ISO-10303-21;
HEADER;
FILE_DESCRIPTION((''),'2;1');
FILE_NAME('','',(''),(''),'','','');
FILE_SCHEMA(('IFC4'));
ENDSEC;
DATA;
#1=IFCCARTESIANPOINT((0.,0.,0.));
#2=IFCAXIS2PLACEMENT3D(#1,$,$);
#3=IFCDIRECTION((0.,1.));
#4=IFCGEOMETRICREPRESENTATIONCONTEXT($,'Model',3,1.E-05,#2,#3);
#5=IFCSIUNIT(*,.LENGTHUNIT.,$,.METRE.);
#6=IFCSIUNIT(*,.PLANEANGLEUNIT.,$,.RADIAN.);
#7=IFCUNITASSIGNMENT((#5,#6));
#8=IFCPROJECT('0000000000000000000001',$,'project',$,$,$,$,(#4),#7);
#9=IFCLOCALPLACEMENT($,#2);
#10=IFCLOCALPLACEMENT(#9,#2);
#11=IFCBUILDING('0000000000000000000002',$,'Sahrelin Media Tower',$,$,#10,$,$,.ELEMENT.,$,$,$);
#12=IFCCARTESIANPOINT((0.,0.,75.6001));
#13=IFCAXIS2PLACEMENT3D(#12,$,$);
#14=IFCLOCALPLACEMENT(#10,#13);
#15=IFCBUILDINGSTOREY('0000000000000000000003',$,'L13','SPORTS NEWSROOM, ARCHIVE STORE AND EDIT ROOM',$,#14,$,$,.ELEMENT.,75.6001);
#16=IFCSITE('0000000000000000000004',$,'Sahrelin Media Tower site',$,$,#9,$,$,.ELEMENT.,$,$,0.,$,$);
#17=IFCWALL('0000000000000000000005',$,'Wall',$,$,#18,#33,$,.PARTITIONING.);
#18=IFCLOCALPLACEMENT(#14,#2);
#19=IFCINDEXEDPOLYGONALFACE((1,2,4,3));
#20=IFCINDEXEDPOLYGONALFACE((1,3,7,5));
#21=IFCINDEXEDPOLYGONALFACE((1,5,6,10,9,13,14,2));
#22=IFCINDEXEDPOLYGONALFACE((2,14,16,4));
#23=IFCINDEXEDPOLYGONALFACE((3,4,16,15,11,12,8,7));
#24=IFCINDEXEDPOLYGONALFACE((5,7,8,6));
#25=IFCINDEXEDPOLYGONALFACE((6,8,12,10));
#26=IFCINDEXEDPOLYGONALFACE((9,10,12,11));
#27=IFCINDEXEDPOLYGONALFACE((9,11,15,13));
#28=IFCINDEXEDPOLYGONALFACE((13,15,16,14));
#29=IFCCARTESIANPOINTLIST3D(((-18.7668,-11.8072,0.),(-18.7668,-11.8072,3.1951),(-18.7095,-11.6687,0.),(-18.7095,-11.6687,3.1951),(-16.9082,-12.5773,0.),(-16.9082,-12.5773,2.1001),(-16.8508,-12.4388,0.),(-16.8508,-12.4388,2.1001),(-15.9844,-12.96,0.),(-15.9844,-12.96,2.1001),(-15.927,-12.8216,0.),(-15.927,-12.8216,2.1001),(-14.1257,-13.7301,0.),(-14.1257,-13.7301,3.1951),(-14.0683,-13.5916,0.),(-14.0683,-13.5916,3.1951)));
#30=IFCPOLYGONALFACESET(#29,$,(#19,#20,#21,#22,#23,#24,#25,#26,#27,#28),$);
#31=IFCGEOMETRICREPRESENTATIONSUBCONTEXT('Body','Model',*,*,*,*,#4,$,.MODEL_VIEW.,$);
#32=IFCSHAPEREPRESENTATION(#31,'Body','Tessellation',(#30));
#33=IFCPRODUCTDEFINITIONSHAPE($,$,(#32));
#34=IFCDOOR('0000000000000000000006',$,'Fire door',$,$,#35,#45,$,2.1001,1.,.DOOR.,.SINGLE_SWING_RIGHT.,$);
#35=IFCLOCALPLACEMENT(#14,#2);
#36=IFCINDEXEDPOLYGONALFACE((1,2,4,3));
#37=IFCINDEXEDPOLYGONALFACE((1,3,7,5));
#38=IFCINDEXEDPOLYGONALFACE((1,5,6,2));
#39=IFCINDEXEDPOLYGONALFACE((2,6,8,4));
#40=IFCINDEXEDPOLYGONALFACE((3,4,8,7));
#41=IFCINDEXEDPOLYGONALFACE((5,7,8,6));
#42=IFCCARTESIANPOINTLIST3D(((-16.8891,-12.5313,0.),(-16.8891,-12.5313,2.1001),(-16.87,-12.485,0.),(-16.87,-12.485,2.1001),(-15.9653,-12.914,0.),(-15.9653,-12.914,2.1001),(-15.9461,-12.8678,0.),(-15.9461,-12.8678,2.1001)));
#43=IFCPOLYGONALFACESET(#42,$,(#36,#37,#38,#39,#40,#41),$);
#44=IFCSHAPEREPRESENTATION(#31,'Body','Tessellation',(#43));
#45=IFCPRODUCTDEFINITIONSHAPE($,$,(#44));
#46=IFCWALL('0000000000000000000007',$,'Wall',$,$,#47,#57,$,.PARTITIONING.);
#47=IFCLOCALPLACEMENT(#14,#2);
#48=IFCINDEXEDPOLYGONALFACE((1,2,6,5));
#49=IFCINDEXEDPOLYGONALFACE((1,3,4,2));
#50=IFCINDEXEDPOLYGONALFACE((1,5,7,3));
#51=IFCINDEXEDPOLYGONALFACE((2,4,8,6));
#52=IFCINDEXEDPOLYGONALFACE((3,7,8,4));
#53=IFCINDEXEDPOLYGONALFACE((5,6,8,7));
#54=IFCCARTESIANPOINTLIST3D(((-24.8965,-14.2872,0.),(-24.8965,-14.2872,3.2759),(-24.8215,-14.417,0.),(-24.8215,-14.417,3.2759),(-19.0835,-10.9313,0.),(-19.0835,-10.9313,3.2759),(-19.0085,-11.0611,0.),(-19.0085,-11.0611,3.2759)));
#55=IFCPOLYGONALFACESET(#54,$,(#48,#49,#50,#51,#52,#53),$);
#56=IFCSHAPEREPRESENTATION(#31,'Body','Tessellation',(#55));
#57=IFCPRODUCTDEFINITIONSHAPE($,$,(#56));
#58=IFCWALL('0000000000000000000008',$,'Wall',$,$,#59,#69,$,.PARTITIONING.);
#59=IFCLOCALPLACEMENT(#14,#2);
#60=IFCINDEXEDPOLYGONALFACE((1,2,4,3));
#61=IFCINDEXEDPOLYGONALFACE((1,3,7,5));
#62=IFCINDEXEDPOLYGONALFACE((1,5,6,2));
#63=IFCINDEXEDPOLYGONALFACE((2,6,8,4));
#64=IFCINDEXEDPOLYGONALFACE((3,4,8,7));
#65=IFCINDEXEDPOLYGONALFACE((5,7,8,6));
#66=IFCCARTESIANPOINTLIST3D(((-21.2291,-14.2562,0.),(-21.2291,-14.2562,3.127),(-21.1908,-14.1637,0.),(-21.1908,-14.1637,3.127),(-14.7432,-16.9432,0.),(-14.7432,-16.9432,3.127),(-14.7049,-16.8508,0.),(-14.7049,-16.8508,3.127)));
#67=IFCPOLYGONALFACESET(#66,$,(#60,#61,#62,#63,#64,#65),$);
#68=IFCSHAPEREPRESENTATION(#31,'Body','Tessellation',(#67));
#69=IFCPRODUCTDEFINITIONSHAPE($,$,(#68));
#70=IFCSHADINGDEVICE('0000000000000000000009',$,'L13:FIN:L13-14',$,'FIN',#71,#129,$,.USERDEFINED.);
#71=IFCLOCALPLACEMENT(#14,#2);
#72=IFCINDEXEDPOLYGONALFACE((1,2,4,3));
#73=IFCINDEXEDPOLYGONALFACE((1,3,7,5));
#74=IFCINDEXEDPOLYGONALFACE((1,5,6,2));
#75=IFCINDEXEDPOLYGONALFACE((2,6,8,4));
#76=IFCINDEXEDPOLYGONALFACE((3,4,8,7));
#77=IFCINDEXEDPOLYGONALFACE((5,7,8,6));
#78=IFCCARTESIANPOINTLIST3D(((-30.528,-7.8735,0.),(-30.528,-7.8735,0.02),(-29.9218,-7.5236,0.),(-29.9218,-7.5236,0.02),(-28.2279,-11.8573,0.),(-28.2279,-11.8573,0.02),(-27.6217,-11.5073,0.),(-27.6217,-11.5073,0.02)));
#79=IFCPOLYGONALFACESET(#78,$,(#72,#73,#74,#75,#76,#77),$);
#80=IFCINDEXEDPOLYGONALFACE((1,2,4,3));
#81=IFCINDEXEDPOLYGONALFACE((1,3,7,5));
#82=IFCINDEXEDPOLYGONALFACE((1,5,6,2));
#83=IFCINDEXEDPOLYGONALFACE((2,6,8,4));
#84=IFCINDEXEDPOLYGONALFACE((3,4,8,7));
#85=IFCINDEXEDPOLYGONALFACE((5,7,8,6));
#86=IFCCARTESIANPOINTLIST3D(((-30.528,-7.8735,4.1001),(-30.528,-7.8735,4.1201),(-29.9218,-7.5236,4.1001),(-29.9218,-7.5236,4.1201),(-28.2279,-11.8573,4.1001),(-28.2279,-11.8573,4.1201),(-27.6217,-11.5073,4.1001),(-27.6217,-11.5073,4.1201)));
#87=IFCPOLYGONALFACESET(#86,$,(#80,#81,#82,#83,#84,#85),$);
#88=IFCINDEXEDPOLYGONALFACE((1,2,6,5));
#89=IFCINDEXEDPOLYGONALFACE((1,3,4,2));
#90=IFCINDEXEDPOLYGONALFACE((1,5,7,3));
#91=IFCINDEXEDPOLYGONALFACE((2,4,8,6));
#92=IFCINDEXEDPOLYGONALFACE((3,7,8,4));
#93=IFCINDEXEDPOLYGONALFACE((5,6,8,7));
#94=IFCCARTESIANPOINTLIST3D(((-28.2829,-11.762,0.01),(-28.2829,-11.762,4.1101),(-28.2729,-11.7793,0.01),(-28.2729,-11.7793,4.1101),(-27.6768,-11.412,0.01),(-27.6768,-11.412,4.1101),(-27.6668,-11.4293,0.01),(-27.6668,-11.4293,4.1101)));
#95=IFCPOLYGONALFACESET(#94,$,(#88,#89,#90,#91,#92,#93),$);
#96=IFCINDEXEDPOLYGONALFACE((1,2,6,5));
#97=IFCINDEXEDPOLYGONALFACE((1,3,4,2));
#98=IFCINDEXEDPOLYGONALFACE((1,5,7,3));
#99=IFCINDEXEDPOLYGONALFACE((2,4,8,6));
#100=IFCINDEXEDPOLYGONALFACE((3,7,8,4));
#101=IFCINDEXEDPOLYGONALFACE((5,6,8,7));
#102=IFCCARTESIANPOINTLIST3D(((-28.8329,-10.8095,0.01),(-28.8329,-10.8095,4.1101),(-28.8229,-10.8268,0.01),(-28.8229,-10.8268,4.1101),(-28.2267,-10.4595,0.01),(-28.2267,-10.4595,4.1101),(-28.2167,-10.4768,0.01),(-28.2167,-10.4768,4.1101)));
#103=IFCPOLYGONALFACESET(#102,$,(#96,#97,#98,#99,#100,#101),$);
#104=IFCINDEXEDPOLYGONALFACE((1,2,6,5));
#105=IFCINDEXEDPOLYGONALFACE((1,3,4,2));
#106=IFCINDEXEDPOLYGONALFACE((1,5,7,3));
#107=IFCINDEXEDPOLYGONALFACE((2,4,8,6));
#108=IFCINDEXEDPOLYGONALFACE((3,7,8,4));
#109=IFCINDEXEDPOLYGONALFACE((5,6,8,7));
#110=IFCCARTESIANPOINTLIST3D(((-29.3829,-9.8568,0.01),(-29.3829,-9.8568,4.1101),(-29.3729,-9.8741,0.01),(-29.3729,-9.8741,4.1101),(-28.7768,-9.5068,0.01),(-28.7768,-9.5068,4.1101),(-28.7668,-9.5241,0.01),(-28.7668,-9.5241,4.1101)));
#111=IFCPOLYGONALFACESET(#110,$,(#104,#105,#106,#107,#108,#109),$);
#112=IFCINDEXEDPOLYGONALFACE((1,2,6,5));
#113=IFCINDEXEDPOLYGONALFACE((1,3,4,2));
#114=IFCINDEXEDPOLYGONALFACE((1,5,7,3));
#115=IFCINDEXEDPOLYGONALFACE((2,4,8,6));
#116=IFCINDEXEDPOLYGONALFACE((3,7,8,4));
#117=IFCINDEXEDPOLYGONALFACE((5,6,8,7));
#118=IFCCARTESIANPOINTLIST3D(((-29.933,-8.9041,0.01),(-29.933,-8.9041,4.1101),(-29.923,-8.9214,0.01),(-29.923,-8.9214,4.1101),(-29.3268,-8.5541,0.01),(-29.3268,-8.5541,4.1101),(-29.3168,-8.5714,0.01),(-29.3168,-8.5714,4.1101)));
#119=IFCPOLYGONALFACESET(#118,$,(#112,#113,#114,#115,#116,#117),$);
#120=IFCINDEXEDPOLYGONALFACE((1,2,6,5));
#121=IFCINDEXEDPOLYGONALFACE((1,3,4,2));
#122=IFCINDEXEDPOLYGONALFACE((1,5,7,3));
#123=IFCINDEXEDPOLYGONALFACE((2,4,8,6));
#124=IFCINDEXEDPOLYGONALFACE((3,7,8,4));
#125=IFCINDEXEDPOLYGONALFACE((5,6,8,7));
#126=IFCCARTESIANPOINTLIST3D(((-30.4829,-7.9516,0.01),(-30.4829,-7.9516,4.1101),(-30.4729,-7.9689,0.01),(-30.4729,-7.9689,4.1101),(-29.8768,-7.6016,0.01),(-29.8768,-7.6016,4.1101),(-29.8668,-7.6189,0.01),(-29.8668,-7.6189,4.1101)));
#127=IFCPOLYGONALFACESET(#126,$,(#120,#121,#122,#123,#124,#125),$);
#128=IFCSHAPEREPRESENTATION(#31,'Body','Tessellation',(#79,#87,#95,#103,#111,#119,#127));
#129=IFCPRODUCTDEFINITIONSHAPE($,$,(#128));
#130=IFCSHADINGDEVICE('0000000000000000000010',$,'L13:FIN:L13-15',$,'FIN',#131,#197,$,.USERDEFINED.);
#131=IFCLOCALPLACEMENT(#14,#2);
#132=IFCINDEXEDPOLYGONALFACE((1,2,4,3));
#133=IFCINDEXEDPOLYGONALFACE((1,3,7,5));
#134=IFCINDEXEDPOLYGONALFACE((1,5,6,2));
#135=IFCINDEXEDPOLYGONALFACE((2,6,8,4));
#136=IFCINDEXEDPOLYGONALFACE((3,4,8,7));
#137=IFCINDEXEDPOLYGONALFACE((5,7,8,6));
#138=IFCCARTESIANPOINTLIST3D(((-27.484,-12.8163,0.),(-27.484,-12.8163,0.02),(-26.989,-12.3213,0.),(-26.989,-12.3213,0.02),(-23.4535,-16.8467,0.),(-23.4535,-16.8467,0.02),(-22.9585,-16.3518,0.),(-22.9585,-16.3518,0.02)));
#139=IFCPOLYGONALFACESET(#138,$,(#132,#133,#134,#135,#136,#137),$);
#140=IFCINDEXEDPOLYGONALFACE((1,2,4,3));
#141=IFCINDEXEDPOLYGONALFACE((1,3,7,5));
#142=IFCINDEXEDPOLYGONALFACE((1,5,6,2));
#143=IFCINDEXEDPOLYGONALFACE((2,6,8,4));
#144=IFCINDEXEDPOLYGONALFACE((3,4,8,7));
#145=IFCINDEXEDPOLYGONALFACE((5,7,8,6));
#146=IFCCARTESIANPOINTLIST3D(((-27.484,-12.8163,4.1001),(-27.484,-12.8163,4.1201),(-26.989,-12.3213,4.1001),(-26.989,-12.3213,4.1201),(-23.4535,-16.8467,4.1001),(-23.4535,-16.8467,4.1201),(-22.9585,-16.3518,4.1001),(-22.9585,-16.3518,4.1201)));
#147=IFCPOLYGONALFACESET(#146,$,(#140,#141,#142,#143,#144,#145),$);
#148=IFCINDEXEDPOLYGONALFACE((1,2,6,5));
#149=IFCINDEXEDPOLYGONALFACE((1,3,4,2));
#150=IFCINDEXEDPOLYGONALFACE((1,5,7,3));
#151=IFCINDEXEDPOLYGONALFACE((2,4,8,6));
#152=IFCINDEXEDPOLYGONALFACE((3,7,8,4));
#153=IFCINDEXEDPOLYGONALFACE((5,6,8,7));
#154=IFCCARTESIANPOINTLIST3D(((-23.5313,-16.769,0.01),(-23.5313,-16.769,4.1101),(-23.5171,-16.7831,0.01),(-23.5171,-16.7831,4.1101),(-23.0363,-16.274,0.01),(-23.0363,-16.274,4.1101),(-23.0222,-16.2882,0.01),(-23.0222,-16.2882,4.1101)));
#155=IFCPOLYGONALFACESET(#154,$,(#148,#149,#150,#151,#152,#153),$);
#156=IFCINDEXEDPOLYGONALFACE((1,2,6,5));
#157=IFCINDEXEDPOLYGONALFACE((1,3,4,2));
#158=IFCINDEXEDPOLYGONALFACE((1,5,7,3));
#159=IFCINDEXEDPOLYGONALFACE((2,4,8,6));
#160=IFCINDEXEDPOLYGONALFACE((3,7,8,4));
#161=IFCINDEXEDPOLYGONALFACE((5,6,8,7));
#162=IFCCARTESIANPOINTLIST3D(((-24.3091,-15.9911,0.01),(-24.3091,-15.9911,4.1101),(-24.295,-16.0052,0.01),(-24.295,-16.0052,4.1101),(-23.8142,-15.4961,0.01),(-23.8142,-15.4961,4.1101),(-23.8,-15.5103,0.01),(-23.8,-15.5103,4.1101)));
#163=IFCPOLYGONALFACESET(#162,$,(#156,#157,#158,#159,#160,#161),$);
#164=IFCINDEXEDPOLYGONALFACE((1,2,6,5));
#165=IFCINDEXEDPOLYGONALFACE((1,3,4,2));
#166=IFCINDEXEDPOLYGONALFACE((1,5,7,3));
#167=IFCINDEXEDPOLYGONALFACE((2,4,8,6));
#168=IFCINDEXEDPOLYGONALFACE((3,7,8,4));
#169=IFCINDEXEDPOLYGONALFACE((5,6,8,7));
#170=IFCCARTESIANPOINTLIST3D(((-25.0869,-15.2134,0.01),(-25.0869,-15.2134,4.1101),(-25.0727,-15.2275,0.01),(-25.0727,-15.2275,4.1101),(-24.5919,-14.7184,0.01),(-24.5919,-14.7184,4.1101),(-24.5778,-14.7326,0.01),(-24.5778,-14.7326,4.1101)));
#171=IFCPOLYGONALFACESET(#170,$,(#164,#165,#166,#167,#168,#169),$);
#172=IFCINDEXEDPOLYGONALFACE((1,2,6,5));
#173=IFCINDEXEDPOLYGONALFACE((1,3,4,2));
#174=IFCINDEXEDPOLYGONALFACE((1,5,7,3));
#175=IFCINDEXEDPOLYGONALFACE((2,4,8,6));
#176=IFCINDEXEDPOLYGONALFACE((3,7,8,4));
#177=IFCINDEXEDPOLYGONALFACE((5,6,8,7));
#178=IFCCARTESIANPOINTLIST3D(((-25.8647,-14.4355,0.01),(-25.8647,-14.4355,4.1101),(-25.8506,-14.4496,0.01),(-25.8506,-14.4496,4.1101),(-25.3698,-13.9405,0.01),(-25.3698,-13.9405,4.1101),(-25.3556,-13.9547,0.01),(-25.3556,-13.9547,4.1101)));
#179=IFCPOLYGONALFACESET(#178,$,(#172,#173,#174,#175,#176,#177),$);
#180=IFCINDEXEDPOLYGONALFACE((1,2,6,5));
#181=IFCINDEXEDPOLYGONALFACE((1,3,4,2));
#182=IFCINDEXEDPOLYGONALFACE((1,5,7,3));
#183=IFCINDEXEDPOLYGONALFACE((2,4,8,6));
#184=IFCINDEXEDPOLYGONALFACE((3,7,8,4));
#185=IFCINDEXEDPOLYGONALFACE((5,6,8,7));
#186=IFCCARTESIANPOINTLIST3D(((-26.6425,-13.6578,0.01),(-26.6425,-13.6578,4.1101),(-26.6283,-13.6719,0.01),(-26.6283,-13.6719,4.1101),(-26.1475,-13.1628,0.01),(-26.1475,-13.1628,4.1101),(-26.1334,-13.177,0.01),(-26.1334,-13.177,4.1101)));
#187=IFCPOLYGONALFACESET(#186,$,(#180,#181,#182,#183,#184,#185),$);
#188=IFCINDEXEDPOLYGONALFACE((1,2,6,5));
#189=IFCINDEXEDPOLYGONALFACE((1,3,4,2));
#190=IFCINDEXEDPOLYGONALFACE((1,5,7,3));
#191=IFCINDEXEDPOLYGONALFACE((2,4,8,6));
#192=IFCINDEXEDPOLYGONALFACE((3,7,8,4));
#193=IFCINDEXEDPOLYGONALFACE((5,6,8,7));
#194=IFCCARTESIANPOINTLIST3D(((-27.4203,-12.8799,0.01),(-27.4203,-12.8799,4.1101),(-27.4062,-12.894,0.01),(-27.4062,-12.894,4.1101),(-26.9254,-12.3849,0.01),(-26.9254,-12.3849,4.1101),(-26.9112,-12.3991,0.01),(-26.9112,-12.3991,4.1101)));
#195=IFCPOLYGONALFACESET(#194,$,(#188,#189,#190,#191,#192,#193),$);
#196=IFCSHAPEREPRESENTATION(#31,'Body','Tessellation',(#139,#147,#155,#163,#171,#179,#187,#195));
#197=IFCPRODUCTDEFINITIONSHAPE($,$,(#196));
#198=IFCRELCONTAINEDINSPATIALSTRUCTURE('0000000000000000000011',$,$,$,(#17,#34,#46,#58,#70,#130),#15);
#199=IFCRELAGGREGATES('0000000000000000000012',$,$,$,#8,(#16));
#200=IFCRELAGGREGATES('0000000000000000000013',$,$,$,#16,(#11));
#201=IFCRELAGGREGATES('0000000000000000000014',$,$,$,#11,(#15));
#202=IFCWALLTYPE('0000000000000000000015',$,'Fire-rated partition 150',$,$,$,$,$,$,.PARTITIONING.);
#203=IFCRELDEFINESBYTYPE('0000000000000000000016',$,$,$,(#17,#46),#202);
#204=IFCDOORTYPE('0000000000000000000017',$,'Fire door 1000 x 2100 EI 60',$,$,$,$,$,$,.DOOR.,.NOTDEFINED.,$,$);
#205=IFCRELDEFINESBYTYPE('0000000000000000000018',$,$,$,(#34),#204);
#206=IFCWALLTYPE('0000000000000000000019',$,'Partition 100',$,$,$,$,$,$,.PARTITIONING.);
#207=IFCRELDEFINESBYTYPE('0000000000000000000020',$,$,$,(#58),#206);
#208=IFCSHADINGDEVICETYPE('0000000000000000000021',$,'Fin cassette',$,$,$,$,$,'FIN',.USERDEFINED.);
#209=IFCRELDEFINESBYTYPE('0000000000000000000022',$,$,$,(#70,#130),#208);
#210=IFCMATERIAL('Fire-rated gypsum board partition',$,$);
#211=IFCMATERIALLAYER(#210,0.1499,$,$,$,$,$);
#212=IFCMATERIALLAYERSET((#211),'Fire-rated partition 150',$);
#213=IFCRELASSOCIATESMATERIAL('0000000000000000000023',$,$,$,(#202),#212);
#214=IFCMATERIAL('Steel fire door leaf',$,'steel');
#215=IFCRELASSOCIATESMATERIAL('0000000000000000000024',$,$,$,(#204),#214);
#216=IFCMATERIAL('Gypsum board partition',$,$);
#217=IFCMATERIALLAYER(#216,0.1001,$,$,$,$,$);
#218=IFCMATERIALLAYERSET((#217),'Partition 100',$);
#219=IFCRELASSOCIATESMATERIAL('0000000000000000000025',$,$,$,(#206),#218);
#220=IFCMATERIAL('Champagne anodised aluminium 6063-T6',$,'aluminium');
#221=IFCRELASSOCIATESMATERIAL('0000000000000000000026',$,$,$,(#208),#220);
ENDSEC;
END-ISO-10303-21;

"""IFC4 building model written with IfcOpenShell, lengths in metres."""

from ifc_helpers import new_model, si_unit, direction, frame, frame_2d, origin, origin_2d, place, context, subcontext, project, spatial, rectangle, extrude, material, layer, layer_set, type_object, element, fill, save


model = new_model("IFC4")

# Units and contexts
model_context = context("Model", 3, precision=1e-05, world=origin(), true_north=direction((0.0, 1.0)))
body_context = subcontext(model_context, "Body", "Model", "MODEL_VIEW")
ifc_project = project(units=[si_unit("LENGTHUNIT", "METRE"), si_unit("PLANEANGLEUNIT", "RADIAN")], contexts=[model_context])

# Site, building, storey
site_placement = place(None, origin())
site = spatial("IfcSite", under=ifc_project, at=site_placement, Name="Sahrelin Media Tower site", CompositionType="ELEMENT", RefElevation=0.0)
building_placement = place(site_placement, origin())
building = spatial("IfcBuilding", under=site, at=building_placement, Name="Sahrelin Media Tower", CompositionType="ELEMENT")
storey_placement = place(building_placement, frame((0.0, 0.0, 75.6001)))
storey = spatial("IfcBuildingStorey", under=building, at=storey_placement, Name="L13", Description="SPORTS NEWSROOM, ARCHIVE STORE AND EDIT ROOM", CompositionType="ELEMENT", Elevation=75.6001)

# Shared definitions
ifc_material_1 = material(Name="Champagne anodised aluminium 6063-T6", Category="aluminium")

# Wall, opening, door
ifc_material_2 = material(Name="Fire-rated gypsum board partition")
ifc_layer_1 = layer(ifc_material_2, 0.1499)
ifc_layer_set_1 = layer_set([ifc_layer_1], Name="Fire-rated partition 150")
wall_type_1 = type_object("IfcWallType", Name="Fire-rated partition 150", PredefinedType="PARTITIONING", material=ifc_layer_set_1)
wall_1_placement = place(storey_placement, frame((-18.738, -11.738, 0.0), z_axis=(0.0, 0.0, 1.0), x_axis=(0.923849, -0.382758, 0.0)))
wall_1 = element("IfcWall", 1, at=wall_1_placement, inside=storey, type_object=wall_type_1, Name="Wall", PredefinedType="PARTITIONING", context=body_context, shape_type="SweptSolid", body=[
    extrude(rectangle(XDim=5.0237, YDim=0.1499, at=frame_2d((2.5117, 0.0))), origin(), (0.0, 0.0, 1.0), 3.1951),
])
opening_placement = place(wall_1_placement, frame((2.0117, 0.0, 0.0)))
opening = element("IfcOpeningElement", 2, at=opening_placement, cuts=wall_1, PredefinedType="OPENING", context=body_context, shape_type="SweptSolid", body=[
    extrude(rectangle(XDim=1.0, YDim=2.1001, at=frame_2d((0.5, 1.05))), frame((0.0, 0.075, 0.0), z_axis=(0.0, -1.0, 0.0), x_axis=(1.0, 0.0, 0.0)), (0.0, 0.0, 1.0), 0.1499),
])
ifc_material_3 = material(Name="Steel fire door leaf", Category="steel")
door_type = type_object("IfcDoorType", Name="Fire door 1000 x 2100 EI 60", OperationType="NOTDEFINED", PredefinedType="DOOR", material=ifc_material_3)
door_placement = place(opening_placement, origin())
door = element("IfcDoor", 3, at=door_placement, inside=storey, type_object=door_type, Name="Fire door", OperationType="SINGLE_SWING_RIGHT", OverallHeight=2.1001, OverallWidth=1.0, PredefinedType="DOOR", context=body_context, shape_type="SweptSolid", body=[
    extrude(rectangle(XDim=1.0, YDim=2.1001, at=frame_2d((0.5, 1.05))), frame((0.0, 0.0249, 0.0), z_axis=(0.0, -1.0, 0.0), x_axis=(1.0, 0.0, 0.0)), (0.0, 0.0, 1.0), 0.05),
])
fill(opening, door)

# Walls
wall_2_placement = place(storey_placement, frame((-24.8589, -14.3521, 0.0), z_axis=(0.0, 0.0, 1.0), x_axis=(0.866037, 0.499981, 0.0)))
element("IfcWall", 4, at=wall_2_placement, inside=storey, type_object=wall_type_1, Name="Wall", PredefinedType="PARTITIONING", context=body_context, shape_type="SweptSolid", body=[
    extrude(rectangle(XDim=6.7122, YDim=0.1499, at=frame_2d((3.356, 0.0))), origin(), (0.0, 0.0, 1.0), 3.2759),
])
ifc_material_4 = material(Name="Gypsum board partition")
ifc_layer_2 = layer(ifc_material_4, 0.1001)
ifc_layer_set_2 = layer_set([ifc_layer_2], Name="Partition 100")
wall_type_2 = type_object("IfcWallType", Name="Partition 100", PredefinedType="PARTITIONING", material=ifc_layer_set_2)
wall_3_placement = place(storey_placement, frame((-21.21, -14.21, 0.0), z_axis=(0.0, 0.0, 1.0), x_axis=(0.923855, -0.382743, 0.0)))
element("IfcWall", 5, at=wall_3_placement, inside=storey, type_object=wall_type_2, Name="Wall", PredefinedType="PARTITIONING", context=body_context, shape_type="SweptSolid", body=[
    extrude(rectangle(XDim=7.0205, YDim=0.1001, at=frame_2d((3.5103, 0.0))), origin(), (0.0, 0.0, 1.0), 3.127),
])

# Shading devices
shading_device_type_1 = type_object("IfcShadingDeviceType", Name="Fin cassette", ElementType="FIN", PredefinedType="USERDEFINED", material=ifc_material_1)
placement_1 = place(storey_placement, frame((-28.7112, -9.4805, 0.0), z_axis=(0.0, 0.0, 1.0), x_axis=(-0.500011, 0.866019, 0.0)))
element("IfcShadingDevice", 6, at=placement_1, inside=storey, type_object=shading_device_type_1, Name="L13:FIN:L13-14", ObjectType="FIN", PredefinedType="USERDEFINED", context=body_context, shape_type="SweptSolid", body=[
    extrude(rectangle(XDim=4.6001, YDim=0.7, at=origin_2d()), frame((0.0, 0.4199, 0.0)), (0.0, 0.0, 1.0), 0.02),
    extrude(rectangle(XDim=4.6001, YDim=0.7, at=origin_2d()), frame((0.0, 0.4199, 4.1001)), (0.0, 0.0, 1.0), 0.02),
    extrude(rectangle(XDim=0.02, YDim=0.7, at=origin_2d()), frame((-2.2, 0.4199, 0.01), z_axis=(0.0, 0.0, 1.0), x_axis=(1.0, 0.0, 0.0)), (0.0, 0.0, 1.0), 4.1001),
    extrude(rectangle(XDim=0.02, YDim=0.7, at=origin_2d()), frame((-1.1001, 0.4199, 0.01), z_axis=(0.0, 0.0, 1.0), x_axis=(1.0, 0.0, 0.0)), (0.0, 0.0, 1.0), 4.1001),
    extrude(rectangle(XDim=0.02, YDim=0.7, at=origin_2d()), frame((0.0, 0.4199, 0.01), z_axis=(0.0, 0.0, 1.0), x_axis=(1.0, 0.0, 0.0)), (0.0, 0.0, 1.0), 4.1001),
    extrude(rectangle(XDim=0.02, YDim=0.7, at=origin_2d()), frame((1.1001, 0.4199, 0.01), z_axis=(0.0, 0.0, 1.0), x_axis=(1.0, 0.0, 0.0)), (0.0, 0.0, 1.0), 4.1001),
    extrude(rectangle(XDim=0.02, YDim=0.7, at=origin_2d()), frame((2.2, 0.4199, 0.01), z_axis=(0.0, 0.0, 1.0), x_axis=(1.0, 0.0, 0.0)), (0.0, 0.0, 1.0), 4.1001),
])
placement_2 = place(storey_placement, frame((-24.9243, -14.2871, 0.0), z_axis=(0.0, 0.0, 1.0), x_axis=(-0.707107, 0.707107, 0.0)))
element("IfcShadingDevice", 7, at=placement_2, inside=storey, type_object=shading_device_type_1, Name="L13:FIN:L13-15", ObjectType="FIN", PredefinedType="USERDEFINED", context=body_context, shape_type="SweptSolid", body=[
    extrude(rectangle(XDim=5.7, YDim=0.7, at=origin_2d()), frame((0.0, 0.4199, 0.0)), (0.0, 0.0, 1.0), 0.02),
    extrude(rectangle(XDim=5.7, YDim=0.7, at=origin_2d()), frame((0.0, 0.4199, 4.1001)), (0.0, 0.0, 1.0), 0.02),
    extrude(rectangle(XDim=0.02, YDim=0.7, at=origin_2d()), frame((-2.75, 0.4199, 0.01), z_axis=(0.0, 0.0, 1.0), x_axis=(1.0, 0.0, 0.0)), (0.0, 0.0, 1.0), 4.1001),
    extrude(rectangle(XDim=0.02, YDim=0.7, at=origin_2d()), frame((-1.6499, 0.4199, 0.01), z_axis=(0.0, 0.0, 1.0), x_axis=(1.0, 0.0, 0.0)), (0.0, 0.0, 1.0), 4.1001),
    extrude(rectangle(XDim=0.02, YDim=0.7, at=origin_2d()), frame((-0.55, 0.4199, 0.01), z_axis=(0.0, 0.0, 1.0), x_axis=(1.0, 0.0, 0.0)), (0.0, 0.0, 1.0), 4.1001),
    extrude(rectangle(XDim=0.02, YDim=0.7, at=origin_2d()), frame((0.55, 0.4199, 0.01), z_axis=(0.0, 0.0, 1.0), x_axis=(1.0, 0.0, 0.0)), (0.0, 0.0, 1.0), 4.1001),
    extrude(rectangle(XDim=0.02, YDim=0.7, at=origin_2d()), frame((1.6499, 0.4199, 0.01), z_axis=(0.0, 0.0, 1.0), x_axis=(1.0, 0.0, 0.0)), (0.0, 0.0, 1.0), 4.1001),
    extrude(rectangle(XDim=0.02, YDim=0.7, at=origin_2d()), frame((2.75, 0.4199, 0.01), z_axis=(0.0, 0.0, 1.0), x_axis=(1.0, 0.0, 0.0)), (0.0, 0.0, 1.0), 4.1001),
])

save(model, "model.ifc")
